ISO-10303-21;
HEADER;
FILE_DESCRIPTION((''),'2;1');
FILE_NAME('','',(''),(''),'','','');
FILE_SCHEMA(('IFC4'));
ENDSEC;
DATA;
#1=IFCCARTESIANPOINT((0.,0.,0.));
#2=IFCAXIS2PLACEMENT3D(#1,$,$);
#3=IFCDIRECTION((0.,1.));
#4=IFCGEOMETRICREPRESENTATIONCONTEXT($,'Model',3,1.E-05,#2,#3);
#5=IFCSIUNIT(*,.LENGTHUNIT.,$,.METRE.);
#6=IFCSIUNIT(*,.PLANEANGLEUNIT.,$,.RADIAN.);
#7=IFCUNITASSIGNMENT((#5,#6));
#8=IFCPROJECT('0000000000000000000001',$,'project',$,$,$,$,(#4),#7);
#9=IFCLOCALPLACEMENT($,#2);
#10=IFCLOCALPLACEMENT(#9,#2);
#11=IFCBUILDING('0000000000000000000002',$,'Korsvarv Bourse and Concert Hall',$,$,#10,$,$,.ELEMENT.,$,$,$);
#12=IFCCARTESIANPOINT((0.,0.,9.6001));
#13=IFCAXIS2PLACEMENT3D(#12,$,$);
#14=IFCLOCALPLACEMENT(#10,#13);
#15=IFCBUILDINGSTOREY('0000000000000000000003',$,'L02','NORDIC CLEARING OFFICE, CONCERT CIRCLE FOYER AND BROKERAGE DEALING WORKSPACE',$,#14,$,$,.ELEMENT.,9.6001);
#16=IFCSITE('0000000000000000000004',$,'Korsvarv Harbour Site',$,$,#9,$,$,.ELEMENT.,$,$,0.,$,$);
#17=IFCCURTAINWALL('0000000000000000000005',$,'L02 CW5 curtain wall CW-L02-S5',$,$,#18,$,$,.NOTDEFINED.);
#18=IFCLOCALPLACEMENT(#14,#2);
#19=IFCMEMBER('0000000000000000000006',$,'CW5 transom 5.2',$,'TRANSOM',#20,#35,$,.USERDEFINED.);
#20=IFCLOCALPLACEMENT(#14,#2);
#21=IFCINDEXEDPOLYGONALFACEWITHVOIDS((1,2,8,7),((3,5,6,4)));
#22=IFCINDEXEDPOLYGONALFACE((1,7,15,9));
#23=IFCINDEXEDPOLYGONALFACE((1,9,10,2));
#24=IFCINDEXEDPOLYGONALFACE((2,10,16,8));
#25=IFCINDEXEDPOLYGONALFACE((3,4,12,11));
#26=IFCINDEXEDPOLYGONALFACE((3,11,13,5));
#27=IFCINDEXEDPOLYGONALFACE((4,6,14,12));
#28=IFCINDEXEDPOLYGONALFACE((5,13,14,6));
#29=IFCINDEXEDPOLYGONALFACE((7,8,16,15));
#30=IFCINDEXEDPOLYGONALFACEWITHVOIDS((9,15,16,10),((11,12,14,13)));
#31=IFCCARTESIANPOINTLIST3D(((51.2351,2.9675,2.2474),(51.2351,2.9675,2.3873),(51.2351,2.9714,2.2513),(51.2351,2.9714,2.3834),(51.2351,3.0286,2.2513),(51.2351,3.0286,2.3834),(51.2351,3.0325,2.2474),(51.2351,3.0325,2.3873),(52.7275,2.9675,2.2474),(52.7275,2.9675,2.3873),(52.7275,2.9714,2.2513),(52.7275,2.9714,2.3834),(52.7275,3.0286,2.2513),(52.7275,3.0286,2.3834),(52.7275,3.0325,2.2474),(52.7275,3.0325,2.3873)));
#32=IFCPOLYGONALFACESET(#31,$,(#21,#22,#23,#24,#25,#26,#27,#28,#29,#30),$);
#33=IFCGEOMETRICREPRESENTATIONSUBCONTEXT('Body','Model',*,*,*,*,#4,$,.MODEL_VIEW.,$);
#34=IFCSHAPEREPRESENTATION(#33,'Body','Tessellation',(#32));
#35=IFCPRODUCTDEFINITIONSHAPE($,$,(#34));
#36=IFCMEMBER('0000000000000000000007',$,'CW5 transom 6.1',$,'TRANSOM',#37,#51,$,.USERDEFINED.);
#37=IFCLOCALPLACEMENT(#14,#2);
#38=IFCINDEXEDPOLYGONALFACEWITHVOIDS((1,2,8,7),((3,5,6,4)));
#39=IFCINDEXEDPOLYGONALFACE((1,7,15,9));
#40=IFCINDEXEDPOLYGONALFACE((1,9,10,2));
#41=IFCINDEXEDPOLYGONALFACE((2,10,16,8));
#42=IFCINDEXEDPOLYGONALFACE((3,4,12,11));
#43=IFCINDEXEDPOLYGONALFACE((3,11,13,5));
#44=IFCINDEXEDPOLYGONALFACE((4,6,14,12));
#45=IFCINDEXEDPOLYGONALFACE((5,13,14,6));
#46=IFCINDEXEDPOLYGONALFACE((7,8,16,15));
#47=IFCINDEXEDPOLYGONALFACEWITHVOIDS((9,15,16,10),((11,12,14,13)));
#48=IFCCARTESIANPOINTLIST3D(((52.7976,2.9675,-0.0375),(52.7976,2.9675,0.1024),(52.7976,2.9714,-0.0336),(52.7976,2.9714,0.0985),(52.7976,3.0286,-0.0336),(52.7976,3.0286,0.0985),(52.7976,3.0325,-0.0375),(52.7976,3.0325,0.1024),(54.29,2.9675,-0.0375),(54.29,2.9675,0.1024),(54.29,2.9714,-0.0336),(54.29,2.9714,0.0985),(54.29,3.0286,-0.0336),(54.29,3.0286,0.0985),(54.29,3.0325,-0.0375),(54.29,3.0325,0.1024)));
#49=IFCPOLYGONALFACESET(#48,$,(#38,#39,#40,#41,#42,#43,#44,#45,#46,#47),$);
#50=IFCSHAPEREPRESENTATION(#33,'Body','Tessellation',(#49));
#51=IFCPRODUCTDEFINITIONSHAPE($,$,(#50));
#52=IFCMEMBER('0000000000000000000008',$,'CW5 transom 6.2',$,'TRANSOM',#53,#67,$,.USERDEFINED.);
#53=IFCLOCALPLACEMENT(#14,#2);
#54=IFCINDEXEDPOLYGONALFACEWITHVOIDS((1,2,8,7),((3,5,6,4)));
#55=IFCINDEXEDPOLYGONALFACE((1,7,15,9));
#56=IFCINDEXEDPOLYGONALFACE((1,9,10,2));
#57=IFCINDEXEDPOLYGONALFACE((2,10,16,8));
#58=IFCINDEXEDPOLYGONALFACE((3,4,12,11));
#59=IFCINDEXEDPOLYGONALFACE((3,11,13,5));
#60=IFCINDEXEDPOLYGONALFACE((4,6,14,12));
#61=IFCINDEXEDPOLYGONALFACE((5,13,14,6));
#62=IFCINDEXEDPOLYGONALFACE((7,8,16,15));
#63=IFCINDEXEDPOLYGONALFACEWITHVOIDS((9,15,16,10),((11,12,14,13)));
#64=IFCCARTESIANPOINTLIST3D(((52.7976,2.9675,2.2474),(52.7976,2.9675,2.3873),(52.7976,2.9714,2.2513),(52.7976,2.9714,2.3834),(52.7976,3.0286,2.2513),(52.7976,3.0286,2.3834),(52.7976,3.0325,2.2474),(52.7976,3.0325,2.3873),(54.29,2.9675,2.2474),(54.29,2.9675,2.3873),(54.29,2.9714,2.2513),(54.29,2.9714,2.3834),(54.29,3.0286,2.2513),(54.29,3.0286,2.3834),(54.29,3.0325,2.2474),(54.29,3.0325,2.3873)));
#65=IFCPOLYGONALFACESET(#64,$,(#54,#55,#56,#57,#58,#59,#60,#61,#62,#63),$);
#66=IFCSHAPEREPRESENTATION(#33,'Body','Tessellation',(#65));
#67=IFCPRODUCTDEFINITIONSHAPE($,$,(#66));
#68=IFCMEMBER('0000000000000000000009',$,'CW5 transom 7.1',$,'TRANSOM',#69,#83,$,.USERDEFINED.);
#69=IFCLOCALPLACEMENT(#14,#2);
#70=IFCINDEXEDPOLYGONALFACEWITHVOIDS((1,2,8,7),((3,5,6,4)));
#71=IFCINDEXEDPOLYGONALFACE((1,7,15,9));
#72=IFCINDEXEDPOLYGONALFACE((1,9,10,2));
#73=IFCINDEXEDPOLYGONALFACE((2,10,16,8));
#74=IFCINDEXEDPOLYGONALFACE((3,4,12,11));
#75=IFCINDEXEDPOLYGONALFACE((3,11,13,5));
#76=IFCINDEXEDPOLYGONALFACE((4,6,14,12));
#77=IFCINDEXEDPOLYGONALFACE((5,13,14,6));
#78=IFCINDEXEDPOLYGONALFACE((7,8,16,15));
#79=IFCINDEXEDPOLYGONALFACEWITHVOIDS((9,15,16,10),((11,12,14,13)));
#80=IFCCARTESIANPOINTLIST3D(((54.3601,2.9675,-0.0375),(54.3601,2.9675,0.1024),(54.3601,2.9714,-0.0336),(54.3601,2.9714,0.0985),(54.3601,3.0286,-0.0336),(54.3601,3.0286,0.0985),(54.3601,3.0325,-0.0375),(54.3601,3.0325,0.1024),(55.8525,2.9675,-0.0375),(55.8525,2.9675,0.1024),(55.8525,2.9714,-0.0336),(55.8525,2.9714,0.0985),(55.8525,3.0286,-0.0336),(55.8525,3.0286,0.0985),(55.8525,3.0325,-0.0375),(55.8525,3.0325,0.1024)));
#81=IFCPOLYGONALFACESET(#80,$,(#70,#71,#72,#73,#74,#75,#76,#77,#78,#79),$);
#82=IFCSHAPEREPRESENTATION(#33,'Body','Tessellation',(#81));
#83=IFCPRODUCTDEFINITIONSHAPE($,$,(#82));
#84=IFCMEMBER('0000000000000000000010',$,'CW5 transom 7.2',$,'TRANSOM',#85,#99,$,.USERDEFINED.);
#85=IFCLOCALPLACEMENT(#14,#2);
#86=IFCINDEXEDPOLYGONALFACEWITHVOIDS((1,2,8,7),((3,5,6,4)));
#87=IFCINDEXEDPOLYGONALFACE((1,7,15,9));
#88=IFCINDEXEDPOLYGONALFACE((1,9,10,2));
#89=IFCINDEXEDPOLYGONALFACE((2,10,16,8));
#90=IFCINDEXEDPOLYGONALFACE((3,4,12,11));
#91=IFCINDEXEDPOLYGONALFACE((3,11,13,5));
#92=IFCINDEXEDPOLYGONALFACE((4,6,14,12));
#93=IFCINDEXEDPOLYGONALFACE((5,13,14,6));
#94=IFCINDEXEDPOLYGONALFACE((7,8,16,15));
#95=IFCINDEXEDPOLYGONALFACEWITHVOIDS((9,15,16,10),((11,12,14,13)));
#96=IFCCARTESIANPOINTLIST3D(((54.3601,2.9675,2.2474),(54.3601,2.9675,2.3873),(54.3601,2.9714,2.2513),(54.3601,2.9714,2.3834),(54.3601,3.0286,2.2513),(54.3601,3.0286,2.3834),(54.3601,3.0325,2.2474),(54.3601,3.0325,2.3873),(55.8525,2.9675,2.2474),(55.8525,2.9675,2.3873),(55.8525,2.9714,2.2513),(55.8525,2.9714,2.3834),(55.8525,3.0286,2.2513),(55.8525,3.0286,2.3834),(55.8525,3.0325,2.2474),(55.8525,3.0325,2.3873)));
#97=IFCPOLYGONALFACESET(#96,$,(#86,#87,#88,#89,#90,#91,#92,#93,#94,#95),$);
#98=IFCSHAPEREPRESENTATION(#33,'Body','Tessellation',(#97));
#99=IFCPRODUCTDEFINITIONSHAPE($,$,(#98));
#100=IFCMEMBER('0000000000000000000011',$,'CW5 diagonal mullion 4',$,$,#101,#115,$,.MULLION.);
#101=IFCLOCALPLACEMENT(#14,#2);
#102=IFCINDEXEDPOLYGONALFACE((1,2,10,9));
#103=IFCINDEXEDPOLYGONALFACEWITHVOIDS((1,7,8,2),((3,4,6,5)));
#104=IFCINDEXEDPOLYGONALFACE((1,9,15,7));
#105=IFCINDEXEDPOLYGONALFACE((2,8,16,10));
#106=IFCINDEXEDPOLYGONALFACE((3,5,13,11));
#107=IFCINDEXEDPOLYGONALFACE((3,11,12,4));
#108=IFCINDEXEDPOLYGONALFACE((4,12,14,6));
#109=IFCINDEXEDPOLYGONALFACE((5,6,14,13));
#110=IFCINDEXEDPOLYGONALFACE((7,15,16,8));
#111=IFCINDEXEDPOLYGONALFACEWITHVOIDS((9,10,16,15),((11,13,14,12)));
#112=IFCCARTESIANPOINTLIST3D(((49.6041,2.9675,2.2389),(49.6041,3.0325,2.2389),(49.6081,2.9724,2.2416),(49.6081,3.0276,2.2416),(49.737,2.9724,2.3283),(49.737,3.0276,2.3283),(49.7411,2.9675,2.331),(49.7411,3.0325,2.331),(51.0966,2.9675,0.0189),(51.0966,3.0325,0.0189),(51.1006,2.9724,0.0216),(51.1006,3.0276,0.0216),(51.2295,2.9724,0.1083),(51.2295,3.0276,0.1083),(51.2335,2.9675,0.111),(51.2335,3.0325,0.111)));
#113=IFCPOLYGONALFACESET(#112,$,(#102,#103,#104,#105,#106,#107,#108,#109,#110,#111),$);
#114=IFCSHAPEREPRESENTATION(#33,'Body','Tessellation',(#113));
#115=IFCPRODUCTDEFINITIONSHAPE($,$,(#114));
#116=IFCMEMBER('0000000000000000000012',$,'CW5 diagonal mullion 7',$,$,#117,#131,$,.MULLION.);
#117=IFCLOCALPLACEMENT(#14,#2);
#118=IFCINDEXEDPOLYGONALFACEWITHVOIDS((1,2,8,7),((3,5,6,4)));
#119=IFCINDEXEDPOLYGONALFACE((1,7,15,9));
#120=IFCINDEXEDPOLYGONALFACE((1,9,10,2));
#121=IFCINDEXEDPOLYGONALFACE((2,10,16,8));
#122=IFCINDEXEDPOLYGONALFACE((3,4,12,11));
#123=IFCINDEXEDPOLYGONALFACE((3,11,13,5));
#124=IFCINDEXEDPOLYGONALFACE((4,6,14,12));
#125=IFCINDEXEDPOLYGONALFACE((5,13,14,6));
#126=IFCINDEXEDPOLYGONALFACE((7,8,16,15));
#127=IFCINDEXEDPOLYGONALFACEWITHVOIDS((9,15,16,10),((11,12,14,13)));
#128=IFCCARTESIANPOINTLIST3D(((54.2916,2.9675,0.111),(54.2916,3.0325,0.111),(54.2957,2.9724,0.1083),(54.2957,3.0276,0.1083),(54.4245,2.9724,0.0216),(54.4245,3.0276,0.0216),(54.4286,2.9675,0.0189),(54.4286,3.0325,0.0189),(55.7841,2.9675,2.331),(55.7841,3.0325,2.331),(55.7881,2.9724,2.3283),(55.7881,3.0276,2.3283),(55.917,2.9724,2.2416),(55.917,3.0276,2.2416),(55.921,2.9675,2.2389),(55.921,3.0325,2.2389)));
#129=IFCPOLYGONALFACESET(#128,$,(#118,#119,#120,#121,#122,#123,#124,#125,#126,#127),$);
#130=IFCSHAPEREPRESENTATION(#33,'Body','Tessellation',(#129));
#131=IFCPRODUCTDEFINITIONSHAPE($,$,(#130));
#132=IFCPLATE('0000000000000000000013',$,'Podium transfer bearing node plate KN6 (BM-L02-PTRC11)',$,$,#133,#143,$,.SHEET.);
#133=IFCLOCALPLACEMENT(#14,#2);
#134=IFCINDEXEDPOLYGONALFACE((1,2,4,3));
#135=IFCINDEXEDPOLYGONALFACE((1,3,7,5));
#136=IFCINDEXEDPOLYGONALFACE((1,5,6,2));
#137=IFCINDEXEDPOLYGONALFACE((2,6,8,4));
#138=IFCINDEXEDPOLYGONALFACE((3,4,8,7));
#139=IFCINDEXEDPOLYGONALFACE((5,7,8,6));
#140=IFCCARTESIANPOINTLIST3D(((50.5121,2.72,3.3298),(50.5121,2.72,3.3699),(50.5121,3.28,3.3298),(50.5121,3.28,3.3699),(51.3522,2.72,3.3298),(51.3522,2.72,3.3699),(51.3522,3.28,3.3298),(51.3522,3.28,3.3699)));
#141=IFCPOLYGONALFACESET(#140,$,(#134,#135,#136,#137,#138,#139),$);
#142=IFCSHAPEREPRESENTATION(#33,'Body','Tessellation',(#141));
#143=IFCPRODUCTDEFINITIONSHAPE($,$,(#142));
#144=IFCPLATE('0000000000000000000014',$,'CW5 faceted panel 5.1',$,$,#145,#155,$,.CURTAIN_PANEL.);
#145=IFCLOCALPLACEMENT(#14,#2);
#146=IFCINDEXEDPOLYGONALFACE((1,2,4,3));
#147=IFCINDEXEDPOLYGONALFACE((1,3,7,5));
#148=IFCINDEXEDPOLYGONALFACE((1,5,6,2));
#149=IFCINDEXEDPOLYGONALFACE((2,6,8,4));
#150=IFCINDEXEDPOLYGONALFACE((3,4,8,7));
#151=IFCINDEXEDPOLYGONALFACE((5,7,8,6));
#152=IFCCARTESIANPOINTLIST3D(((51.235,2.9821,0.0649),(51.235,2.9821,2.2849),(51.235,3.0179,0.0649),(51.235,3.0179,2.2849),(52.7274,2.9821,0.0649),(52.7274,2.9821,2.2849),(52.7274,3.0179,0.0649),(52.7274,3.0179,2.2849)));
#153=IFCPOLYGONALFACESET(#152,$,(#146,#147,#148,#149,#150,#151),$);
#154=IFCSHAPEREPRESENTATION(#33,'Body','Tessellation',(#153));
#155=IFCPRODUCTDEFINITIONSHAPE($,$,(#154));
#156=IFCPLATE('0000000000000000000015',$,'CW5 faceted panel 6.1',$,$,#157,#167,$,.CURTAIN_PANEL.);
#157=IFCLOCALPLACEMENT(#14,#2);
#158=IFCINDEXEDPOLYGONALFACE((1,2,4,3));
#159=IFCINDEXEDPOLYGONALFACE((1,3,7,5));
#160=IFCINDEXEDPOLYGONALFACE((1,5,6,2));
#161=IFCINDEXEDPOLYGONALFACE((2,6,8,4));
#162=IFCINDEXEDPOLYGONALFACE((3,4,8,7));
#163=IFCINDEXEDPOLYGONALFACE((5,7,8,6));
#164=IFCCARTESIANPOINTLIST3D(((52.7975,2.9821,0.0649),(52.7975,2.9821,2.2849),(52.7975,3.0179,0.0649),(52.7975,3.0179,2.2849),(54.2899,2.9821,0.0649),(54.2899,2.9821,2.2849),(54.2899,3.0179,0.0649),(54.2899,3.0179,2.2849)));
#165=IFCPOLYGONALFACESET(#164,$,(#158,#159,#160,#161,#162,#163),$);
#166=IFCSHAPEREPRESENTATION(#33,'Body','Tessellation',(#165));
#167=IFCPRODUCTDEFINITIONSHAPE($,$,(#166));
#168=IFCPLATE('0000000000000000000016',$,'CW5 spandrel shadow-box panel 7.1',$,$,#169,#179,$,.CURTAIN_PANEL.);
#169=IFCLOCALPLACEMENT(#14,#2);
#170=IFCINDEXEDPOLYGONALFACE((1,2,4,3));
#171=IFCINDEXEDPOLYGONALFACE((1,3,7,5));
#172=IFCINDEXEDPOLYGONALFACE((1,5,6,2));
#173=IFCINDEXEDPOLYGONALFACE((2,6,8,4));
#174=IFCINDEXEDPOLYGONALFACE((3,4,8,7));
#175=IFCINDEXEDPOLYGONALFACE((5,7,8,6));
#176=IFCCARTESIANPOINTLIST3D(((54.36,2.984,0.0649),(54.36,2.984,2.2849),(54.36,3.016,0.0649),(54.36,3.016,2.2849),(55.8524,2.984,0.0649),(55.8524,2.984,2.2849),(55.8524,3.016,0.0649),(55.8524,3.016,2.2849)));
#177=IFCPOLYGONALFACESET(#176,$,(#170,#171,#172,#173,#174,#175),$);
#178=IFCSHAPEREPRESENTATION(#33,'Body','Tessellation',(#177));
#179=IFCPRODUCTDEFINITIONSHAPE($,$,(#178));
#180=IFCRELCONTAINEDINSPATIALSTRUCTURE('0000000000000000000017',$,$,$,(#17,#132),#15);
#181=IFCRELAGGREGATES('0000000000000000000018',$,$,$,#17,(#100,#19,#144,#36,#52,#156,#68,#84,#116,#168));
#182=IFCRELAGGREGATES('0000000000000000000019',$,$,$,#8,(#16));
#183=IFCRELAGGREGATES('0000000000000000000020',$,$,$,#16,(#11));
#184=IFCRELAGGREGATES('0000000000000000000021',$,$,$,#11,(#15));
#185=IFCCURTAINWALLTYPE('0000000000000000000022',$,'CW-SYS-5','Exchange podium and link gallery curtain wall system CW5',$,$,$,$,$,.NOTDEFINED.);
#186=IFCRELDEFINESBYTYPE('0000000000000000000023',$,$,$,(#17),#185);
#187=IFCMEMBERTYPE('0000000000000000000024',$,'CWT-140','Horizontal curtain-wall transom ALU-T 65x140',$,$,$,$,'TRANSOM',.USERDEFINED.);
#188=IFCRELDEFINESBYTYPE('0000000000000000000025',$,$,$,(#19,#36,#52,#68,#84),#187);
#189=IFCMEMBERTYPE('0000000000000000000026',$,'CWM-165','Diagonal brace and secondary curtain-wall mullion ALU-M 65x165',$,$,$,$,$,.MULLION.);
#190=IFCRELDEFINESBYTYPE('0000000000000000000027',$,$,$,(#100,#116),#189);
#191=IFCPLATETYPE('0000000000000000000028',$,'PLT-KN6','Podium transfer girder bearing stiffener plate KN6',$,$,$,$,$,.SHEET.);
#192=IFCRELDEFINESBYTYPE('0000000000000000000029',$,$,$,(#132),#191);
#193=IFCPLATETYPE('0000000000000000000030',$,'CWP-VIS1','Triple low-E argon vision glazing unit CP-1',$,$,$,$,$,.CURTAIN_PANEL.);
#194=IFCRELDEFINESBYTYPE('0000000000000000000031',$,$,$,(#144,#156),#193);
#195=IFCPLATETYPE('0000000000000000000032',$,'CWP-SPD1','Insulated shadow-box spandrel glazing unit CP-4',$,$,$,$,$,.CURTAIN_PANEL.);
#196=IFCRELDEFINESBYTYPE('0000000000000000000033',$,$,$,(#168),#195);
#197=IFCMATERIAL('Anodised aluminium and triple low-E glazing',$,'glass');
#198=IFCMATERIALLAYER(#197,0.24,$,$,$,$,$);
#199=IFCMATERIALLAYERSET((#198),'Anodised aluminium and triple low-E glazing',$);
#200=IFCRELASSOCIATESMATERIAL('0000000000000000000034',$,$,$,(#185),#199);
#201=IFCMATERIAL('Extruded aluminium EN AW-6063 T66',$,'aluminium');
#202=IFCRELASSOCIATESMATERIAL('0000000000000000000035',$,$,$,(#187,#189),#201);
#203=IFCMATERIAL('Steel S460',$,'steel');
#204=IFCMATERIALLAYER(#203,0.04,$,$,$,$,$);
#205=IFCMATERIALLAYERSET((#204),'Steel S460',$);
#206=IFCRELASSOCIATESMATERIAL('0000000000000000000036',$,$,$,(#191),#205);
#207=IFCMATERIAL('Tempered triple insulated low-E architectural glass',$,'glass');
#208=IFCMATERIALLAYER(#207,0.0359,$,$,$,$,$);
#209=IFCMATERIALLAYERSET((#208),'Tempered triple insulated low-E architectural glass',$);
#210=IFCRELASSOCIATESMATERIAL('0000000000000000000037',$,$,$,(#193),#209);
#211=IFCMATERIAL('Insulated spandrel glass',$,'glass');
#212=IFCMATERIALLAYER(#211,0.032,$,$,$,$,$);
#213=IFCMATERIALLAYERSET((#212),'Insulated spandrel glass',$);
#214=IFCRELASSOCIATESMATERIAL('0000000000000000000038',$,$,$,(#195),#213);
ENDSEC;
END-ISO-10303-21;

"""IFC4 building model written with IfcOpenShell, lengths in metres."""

from ifc_helpers import new_model, si_unit, direction, frame, origin, origin_2d, place, context, subcontext, project, spatial, rectangle, hollow_rectangle, extrude, source, transform, mapped, material, layer, layer_set, material_profile, profile_set, type_object, element, aggregate, save


model = new_model("IFC4")

# Units and contexts
model_context = context("Model", 3, precision=1e-05, world=origin(), true_north=direction((0.0, 1.0)))
body_context = subcontext(model_context, "Body", "Model", "MODEL_VIEW")
ifc_project = project(units=[si_unit("LENGTHUNIT", "METRE"), si_unit("PLANEANGLEUNIT", "RADIAN")], contexts=[model_context])

# Site, building, storey
site_placement = place(None, origin())
site = spatial("IfcSite", under=ifc_project, at=site_placement, Name="Korsvarv Harbour Site", CompositionType="ELEMENT", RefElevation=0.0)
building_placement = place(site_placement, origin())
building = spatial("IfcBuilding", under=site, at=building_placement, Name="Korsvarv Bourse and Concert Hall", CompositionType="ELEMENT")
storey_placement = place(building_placement, frame((0.0, 0.0, 9.6001)))
storey = spatial("IfcBuildingStorey", under=building, at=storey_placement, Name="L02", Description="NORDIC CLEARING OFFICE, CONCERT CIRCLE FOYER AND BROKERAGE DEALING WORKSPACE", CompositionType="ELEMENT", Elevation=9.6001)

# Curtain wall, members
ifc_material_1 = material(Name="Anodised aluminium and triple low-E glazing", Category="glass")
ifc_layer_1 = layer(ifc_material_1, 0.24)
ifc_layer_set_1 = layer_set([ifc_layer_1], Name="Anodised aluminium and triple low-E glazing")
curtain_wall_type = type_object("IfcCurtainWallType", Name="CW-SYS-5", Description="Exchange podium and link gallery curtain wall system CW5", PredefinedType="NOTDEFINED", material=ifc_layer_set_1)
curtain_wall_placement = place(storey_placement, origin())
curtain_wall = element("IfcCurtainWall", 1, at=curtain_wall_placement, inside=storey, type_object=curtain_wall_type, Name="L02 CW5 curtain wall CW-L02-S5", PredefinedType="NOTDEFINED")
ifc_material_2 = material(Name="Extruded aluminium EN AW-6063 T66", Category="aluminium")
ifc_material_profile_1 = material_profile(ifc_material_2, hollow_rectangle(XDim=0.0649, YDim=0.1399, WallThickness=0.0039, at=origin_2d()), Name="ALU-T 65x140")
ifc_profile_set_1 = profile_set([ifc_material_profile_1], Name="Extruded aluminium EN AW-6063 T66")
member_type_1 = type_object("IfcMemberType", Name="CWT-140", Description="Horizontal curtain-wall transom ALU-T 65x140", ElementType="TRANSOM", PredefinedType="USERDEFINED", material=ifc_profile_set_1)
shared_shape_1 = source(origin(), body_context, "Body", "SweptSolid", [
    extrude(hollow_rectangle(XDim=0.0649, YDim=0.1399, WallThickness=0.0039, at=origin_2d()), origin(), (0.0, 0.0, 1.0), 1.4924),
])
member_1_placement = place(storey_placement, frame((51.2351, 3.0, 2.3174), z_axis=(1.0, 0.0, 0.0), x_axis=(0.0, 1.0, 0.0)))
member_1 = element("IfcMember", 2, at=member_1_placement, type_object=member_type_1, Name="CW5 transom 5.2", ObjectType="TRANSOM", PredefinedType="USERDEFINED", context=body_context, shape_type="MappedRepresentation", body=[
    mapped(shared_shape_1, transform((0.0, 0.0, 0.0), scale=1.0)),
])
member_2_placement = place(storey_placement, frame((52.7976, 3.0, 0.0325), z_axis=(1.0, 0.0, 0.0), x_axis=(0.0, 1.0, 0.0)))
member_2 = element("IfcMember", 3, at=member_2_placement, type_object=member_type_1, Name="CW5 transom 6.1", ObjectType="TRANSOM", PredefinedType="USERDEFINED", context=body_context, shape_type="MappedRepresentation", body=[
    mapped(shared_shape_1, transform((0.0, 0.0, 0.0), scale=1.0)),
])
member_3_placement = place(storey_placement, frame((52.7976, 3.0, 2.3174), z_axis=(1.0, 0.0, 0.0), x_axis=(0.0, 1.0, 0.0)))
member_3 = element("IfcMember", 4, at=member_3_placement, type_object=member_type_1, Name="CW5 transom 6.2", ObjectType="TRANSOM", PredefinedType="USERDEFINED", context=body_context, shape_type="MappedRepresentation", body=[
    mapped(shared_shape_1, transform((0.0, 0.0, 0.0), scale=1.0)),
])
member_4_placement = place(storey_placement, frame((54.3601, 3.0, 0.0325), z_axis=(1.0, 0.0, 0.0), x_axis=(0.0, 1.0, 0.0)))
member_4 = element("IfcMember", 5, at=member_4_placement, type_object=member_type_1, Name="CW5 transom 7.1", ObjectType="TRANSOM", PredefinedType="USERDEFINED", context=body_context, shape_type="MappedRepresentation", body=[
    mapped(shared_shape_1, transform((0.0, 0.0, 0.0), scale=1.0)),
])
member_5_placement = place(storey_placement, frame((54.3601, 3.0, 2.3174), z_axis=(1.0, 0.0, 0.0), x_axis=(0.0, 1.0, 0.0)))
member_5 = element("IfcMember", 6, at=member_5_placement, type_object=member_type_1, Name="CW5 transom 7.2", ObjectType="TRANSOM", PredefinedType="USERDEFINED", context=body_context, shape_type="MappedRepresentation", body=[
    mapped(shared_shape_1, transform((0.0, 0.0, 0.0), scale=1.0)),
])
ifc_material_profile_2 = material_profile(ifc_material_2, hollow_rectangle(XDim=0.0649, YDim=0.165, WallThickness=0.0049, at=origin_2d()), Name="ALU-M 65x165")
ifc_profile_set_2 = profile_set([ifc_material_profile_2], Name="Extruded aluminium EN AW-6063 T66")
member_type_2 = type_object("IfcMemberType", Name="CWM-165", Description="Diagonal brace and secondary curtain-wall mullion ALU-M 65x165", PredefinedType="MULLION", material=ifc_profile_set_2)
shared_shape_2 = source(origin(), body_context, "Body", "SweptSolid", [
    extrude(hollow_rectangle(XDim=0.0649, YDim=0.165, WallThickness=0.0049, at=origin_2d()), origin(), (0.0, 0.0, 1.0), 2.675),
])
member_6_placement = place(storey_placement, frame((51.165, 3.0, 0.0649), z_axis=(-0.557918, 0.0, 0.829896), x_axis=(0.0, -1.0, 0.0)))
member_6 = element("IfcMember", 7, at=member_6_placement, type_object=member_type_2, Name="CW5 diagonal mullion 4", PredefinedType="MULLION", context=body_context, shape_type="MappedRepresentation", body=[
    mapped(shared_shape_2, transform((0.0, 0.0, 0.0), scale=1.0)),
])
member_7_placement = place(storey_placement, frame((54.3601, 3.0, 0.0649), z_axis=(0.557918, 0.0, 0.829896), x_axis=(0.0, 1.0, 0.0)))
member_7 = element("IfcMember", 8, at=member_7_placement, type_object=member_type_2, Name="CW5 diagonal mullion 7", PredefinedType="MULLION", context=body_context, shape_type="MappedRepresentation", body=[
    mapped(shared_shape_2, transform((0.0, 0.0, 0.0), scale=1.0)),
])

# Plates
ifc_material_3 = material(Name="Steel S460", Category="steel")
ifc_layer_2 = layer(ifc_material_3, 0.04)
ifc_layer_set_2 = layer_set([ifc_layer_2], Name="Steel S460")
plate_type_1 = type_object("IfcPlateType", Name="PLT-KN6", Description="Podium transfer girder bearing stiffener plate KN6", PredefinedType="SHEET", material=ifc_layer_set_2)
shared_shape_3 = source(origin(), body_context, "Body", "SweptSolid", [
    extrude(rectangle(XDim=0.8401, YDim=0.5601, at=origin_2d()), origin(), (0.0, 0.0, 1.0), 0.04),
])
plate_1_placement = place(storey_placement, frame((50.9321, 3.0, 3.3298), z_axis=(0.0, 0.0, 1.0), x_axis=(1.0, 0.0, 0.0)))
element("IfcPlate", 9, at=plate_1_placement, inside=storey, type_object=plate_type_1, Name="Podium transfer bearing node plate KN6 (BM-L02-PTRC11)", PredefinedType="SHEET", context=body_context, shape_type="MappedRepresentation", body=[
    mapped(shared_shape_3, transform((0.0, 0.0, 0.0), scale=1.0)),
])
ifc_material_4 = material(Name="Tempered triple insulated low-E architectural glass", Category="glass")
ifc_layer_3 = layer(ifc_material_4, 0.0359)
ifc_layer_set_3 = layer_set([ifc_layer_3], Name="Tempered triple insulated low-E architectural glass")
plate_type_2 = type_object("IfcPlateType", Name="CWP-VIS1", Description="Triple low-E argon vision glazing unit CP-1", PredefinedType="CURTAIN_PANEL", material=ifc_layer_set_3)
shared_shape_4 = source(origin(), body_context, "Body", "SweptSolid", [
    extrude(rectangle(XDim=1.4924, YDim=0.0359, at=origin_2d()), origin(), (0.0, 0.0, 1.0), 2.22),
])
plate_2_placement = place(storey_placement, frame((51.9812, 3.0, 0.0649), z_axis=(0.0, 0.0, 1.0), x_axis=(1.0, 0.0, 0.0)))
plate_2 = element("IfcPlate", 10, at=plate_2_placement, type_object=plate_type_2, Name="CW5 faceted panel 5.1", PredefinedType="CURTAIN_PANEL", context=body_context, shape_type="MappedRepresentation", body=[
    mapped(shared_shape_4, transform((0.0, 0.0, 0.0), scale=1.0)),
])
plate_3_placement = place(storey_placement, frame((53.5437, 3.0, 0.0649), z_axis=(0.0, 0.0, 1.0), x_axis=(1.0, 0.0, 0.0)))
plate_3 = element("IfcPlate", 11, at=plate_3_placement, type_object=plate_type_2, Name="CW5 faceted panel 6.1", PredefinedType="CURTAIN_PANEL", context=body_context, shape_type="MappedRepresentation", body=[
    mapped(shared_shape_4, transform((0.0, 0.0, 0.0), scale=1.0)),
])
ifc_material_5 = material(Name="Insulated spandrel glass", Category="glass")
ifc_layer_4 = layer(ifc_material_5, 0.032)
ifc_layer_set_4 = layer_set([ifc_layer_4], Name="Insulated spandrel glass")
plate_type_3 = type_object("IfcPlateType", Name="CWP-SPD1", Description="Insulated shadow-box spandrel glazing unit CP-4", PredefinedType="CURTAIN_PANEL", material=ifc_layer_set_4)
shared_shape_5 = source(origin(), body_context, "Body", "SweptSolid", [
    extrude(rectangle(XDim=1.4924, YDim=0.032, at=origin_2d()), origin(), (0.0, 0.0, 1.0), 2.22),
])
plate_4_placement = place(storey_placement, frame((55.1062, 3.0, 0.0649), z_axis=(0.0, 0.0, 1.0), x_axis=(1.0, 0.0, 0.0)))
plate_4 = element("IfcPlate", 12, at=plate_4_placement, type_object=plate_type_3, Name="CW5 spandrel shadow-box panel 7.1", PredefinedType="CURTAIN_PANEL", context=body_context, shape_type="MappedRepresentation", body=[
    mapped(shared_shape_5, transform((0.0, 0.0, 0.0), scale=1.0)),
])
aggregate(curtain_wall, [member_6, member_1, plate_2, member_2, member_3, plate_3, member_4, member_5, member_7, plate_4])

save(model, "model.ifc")
